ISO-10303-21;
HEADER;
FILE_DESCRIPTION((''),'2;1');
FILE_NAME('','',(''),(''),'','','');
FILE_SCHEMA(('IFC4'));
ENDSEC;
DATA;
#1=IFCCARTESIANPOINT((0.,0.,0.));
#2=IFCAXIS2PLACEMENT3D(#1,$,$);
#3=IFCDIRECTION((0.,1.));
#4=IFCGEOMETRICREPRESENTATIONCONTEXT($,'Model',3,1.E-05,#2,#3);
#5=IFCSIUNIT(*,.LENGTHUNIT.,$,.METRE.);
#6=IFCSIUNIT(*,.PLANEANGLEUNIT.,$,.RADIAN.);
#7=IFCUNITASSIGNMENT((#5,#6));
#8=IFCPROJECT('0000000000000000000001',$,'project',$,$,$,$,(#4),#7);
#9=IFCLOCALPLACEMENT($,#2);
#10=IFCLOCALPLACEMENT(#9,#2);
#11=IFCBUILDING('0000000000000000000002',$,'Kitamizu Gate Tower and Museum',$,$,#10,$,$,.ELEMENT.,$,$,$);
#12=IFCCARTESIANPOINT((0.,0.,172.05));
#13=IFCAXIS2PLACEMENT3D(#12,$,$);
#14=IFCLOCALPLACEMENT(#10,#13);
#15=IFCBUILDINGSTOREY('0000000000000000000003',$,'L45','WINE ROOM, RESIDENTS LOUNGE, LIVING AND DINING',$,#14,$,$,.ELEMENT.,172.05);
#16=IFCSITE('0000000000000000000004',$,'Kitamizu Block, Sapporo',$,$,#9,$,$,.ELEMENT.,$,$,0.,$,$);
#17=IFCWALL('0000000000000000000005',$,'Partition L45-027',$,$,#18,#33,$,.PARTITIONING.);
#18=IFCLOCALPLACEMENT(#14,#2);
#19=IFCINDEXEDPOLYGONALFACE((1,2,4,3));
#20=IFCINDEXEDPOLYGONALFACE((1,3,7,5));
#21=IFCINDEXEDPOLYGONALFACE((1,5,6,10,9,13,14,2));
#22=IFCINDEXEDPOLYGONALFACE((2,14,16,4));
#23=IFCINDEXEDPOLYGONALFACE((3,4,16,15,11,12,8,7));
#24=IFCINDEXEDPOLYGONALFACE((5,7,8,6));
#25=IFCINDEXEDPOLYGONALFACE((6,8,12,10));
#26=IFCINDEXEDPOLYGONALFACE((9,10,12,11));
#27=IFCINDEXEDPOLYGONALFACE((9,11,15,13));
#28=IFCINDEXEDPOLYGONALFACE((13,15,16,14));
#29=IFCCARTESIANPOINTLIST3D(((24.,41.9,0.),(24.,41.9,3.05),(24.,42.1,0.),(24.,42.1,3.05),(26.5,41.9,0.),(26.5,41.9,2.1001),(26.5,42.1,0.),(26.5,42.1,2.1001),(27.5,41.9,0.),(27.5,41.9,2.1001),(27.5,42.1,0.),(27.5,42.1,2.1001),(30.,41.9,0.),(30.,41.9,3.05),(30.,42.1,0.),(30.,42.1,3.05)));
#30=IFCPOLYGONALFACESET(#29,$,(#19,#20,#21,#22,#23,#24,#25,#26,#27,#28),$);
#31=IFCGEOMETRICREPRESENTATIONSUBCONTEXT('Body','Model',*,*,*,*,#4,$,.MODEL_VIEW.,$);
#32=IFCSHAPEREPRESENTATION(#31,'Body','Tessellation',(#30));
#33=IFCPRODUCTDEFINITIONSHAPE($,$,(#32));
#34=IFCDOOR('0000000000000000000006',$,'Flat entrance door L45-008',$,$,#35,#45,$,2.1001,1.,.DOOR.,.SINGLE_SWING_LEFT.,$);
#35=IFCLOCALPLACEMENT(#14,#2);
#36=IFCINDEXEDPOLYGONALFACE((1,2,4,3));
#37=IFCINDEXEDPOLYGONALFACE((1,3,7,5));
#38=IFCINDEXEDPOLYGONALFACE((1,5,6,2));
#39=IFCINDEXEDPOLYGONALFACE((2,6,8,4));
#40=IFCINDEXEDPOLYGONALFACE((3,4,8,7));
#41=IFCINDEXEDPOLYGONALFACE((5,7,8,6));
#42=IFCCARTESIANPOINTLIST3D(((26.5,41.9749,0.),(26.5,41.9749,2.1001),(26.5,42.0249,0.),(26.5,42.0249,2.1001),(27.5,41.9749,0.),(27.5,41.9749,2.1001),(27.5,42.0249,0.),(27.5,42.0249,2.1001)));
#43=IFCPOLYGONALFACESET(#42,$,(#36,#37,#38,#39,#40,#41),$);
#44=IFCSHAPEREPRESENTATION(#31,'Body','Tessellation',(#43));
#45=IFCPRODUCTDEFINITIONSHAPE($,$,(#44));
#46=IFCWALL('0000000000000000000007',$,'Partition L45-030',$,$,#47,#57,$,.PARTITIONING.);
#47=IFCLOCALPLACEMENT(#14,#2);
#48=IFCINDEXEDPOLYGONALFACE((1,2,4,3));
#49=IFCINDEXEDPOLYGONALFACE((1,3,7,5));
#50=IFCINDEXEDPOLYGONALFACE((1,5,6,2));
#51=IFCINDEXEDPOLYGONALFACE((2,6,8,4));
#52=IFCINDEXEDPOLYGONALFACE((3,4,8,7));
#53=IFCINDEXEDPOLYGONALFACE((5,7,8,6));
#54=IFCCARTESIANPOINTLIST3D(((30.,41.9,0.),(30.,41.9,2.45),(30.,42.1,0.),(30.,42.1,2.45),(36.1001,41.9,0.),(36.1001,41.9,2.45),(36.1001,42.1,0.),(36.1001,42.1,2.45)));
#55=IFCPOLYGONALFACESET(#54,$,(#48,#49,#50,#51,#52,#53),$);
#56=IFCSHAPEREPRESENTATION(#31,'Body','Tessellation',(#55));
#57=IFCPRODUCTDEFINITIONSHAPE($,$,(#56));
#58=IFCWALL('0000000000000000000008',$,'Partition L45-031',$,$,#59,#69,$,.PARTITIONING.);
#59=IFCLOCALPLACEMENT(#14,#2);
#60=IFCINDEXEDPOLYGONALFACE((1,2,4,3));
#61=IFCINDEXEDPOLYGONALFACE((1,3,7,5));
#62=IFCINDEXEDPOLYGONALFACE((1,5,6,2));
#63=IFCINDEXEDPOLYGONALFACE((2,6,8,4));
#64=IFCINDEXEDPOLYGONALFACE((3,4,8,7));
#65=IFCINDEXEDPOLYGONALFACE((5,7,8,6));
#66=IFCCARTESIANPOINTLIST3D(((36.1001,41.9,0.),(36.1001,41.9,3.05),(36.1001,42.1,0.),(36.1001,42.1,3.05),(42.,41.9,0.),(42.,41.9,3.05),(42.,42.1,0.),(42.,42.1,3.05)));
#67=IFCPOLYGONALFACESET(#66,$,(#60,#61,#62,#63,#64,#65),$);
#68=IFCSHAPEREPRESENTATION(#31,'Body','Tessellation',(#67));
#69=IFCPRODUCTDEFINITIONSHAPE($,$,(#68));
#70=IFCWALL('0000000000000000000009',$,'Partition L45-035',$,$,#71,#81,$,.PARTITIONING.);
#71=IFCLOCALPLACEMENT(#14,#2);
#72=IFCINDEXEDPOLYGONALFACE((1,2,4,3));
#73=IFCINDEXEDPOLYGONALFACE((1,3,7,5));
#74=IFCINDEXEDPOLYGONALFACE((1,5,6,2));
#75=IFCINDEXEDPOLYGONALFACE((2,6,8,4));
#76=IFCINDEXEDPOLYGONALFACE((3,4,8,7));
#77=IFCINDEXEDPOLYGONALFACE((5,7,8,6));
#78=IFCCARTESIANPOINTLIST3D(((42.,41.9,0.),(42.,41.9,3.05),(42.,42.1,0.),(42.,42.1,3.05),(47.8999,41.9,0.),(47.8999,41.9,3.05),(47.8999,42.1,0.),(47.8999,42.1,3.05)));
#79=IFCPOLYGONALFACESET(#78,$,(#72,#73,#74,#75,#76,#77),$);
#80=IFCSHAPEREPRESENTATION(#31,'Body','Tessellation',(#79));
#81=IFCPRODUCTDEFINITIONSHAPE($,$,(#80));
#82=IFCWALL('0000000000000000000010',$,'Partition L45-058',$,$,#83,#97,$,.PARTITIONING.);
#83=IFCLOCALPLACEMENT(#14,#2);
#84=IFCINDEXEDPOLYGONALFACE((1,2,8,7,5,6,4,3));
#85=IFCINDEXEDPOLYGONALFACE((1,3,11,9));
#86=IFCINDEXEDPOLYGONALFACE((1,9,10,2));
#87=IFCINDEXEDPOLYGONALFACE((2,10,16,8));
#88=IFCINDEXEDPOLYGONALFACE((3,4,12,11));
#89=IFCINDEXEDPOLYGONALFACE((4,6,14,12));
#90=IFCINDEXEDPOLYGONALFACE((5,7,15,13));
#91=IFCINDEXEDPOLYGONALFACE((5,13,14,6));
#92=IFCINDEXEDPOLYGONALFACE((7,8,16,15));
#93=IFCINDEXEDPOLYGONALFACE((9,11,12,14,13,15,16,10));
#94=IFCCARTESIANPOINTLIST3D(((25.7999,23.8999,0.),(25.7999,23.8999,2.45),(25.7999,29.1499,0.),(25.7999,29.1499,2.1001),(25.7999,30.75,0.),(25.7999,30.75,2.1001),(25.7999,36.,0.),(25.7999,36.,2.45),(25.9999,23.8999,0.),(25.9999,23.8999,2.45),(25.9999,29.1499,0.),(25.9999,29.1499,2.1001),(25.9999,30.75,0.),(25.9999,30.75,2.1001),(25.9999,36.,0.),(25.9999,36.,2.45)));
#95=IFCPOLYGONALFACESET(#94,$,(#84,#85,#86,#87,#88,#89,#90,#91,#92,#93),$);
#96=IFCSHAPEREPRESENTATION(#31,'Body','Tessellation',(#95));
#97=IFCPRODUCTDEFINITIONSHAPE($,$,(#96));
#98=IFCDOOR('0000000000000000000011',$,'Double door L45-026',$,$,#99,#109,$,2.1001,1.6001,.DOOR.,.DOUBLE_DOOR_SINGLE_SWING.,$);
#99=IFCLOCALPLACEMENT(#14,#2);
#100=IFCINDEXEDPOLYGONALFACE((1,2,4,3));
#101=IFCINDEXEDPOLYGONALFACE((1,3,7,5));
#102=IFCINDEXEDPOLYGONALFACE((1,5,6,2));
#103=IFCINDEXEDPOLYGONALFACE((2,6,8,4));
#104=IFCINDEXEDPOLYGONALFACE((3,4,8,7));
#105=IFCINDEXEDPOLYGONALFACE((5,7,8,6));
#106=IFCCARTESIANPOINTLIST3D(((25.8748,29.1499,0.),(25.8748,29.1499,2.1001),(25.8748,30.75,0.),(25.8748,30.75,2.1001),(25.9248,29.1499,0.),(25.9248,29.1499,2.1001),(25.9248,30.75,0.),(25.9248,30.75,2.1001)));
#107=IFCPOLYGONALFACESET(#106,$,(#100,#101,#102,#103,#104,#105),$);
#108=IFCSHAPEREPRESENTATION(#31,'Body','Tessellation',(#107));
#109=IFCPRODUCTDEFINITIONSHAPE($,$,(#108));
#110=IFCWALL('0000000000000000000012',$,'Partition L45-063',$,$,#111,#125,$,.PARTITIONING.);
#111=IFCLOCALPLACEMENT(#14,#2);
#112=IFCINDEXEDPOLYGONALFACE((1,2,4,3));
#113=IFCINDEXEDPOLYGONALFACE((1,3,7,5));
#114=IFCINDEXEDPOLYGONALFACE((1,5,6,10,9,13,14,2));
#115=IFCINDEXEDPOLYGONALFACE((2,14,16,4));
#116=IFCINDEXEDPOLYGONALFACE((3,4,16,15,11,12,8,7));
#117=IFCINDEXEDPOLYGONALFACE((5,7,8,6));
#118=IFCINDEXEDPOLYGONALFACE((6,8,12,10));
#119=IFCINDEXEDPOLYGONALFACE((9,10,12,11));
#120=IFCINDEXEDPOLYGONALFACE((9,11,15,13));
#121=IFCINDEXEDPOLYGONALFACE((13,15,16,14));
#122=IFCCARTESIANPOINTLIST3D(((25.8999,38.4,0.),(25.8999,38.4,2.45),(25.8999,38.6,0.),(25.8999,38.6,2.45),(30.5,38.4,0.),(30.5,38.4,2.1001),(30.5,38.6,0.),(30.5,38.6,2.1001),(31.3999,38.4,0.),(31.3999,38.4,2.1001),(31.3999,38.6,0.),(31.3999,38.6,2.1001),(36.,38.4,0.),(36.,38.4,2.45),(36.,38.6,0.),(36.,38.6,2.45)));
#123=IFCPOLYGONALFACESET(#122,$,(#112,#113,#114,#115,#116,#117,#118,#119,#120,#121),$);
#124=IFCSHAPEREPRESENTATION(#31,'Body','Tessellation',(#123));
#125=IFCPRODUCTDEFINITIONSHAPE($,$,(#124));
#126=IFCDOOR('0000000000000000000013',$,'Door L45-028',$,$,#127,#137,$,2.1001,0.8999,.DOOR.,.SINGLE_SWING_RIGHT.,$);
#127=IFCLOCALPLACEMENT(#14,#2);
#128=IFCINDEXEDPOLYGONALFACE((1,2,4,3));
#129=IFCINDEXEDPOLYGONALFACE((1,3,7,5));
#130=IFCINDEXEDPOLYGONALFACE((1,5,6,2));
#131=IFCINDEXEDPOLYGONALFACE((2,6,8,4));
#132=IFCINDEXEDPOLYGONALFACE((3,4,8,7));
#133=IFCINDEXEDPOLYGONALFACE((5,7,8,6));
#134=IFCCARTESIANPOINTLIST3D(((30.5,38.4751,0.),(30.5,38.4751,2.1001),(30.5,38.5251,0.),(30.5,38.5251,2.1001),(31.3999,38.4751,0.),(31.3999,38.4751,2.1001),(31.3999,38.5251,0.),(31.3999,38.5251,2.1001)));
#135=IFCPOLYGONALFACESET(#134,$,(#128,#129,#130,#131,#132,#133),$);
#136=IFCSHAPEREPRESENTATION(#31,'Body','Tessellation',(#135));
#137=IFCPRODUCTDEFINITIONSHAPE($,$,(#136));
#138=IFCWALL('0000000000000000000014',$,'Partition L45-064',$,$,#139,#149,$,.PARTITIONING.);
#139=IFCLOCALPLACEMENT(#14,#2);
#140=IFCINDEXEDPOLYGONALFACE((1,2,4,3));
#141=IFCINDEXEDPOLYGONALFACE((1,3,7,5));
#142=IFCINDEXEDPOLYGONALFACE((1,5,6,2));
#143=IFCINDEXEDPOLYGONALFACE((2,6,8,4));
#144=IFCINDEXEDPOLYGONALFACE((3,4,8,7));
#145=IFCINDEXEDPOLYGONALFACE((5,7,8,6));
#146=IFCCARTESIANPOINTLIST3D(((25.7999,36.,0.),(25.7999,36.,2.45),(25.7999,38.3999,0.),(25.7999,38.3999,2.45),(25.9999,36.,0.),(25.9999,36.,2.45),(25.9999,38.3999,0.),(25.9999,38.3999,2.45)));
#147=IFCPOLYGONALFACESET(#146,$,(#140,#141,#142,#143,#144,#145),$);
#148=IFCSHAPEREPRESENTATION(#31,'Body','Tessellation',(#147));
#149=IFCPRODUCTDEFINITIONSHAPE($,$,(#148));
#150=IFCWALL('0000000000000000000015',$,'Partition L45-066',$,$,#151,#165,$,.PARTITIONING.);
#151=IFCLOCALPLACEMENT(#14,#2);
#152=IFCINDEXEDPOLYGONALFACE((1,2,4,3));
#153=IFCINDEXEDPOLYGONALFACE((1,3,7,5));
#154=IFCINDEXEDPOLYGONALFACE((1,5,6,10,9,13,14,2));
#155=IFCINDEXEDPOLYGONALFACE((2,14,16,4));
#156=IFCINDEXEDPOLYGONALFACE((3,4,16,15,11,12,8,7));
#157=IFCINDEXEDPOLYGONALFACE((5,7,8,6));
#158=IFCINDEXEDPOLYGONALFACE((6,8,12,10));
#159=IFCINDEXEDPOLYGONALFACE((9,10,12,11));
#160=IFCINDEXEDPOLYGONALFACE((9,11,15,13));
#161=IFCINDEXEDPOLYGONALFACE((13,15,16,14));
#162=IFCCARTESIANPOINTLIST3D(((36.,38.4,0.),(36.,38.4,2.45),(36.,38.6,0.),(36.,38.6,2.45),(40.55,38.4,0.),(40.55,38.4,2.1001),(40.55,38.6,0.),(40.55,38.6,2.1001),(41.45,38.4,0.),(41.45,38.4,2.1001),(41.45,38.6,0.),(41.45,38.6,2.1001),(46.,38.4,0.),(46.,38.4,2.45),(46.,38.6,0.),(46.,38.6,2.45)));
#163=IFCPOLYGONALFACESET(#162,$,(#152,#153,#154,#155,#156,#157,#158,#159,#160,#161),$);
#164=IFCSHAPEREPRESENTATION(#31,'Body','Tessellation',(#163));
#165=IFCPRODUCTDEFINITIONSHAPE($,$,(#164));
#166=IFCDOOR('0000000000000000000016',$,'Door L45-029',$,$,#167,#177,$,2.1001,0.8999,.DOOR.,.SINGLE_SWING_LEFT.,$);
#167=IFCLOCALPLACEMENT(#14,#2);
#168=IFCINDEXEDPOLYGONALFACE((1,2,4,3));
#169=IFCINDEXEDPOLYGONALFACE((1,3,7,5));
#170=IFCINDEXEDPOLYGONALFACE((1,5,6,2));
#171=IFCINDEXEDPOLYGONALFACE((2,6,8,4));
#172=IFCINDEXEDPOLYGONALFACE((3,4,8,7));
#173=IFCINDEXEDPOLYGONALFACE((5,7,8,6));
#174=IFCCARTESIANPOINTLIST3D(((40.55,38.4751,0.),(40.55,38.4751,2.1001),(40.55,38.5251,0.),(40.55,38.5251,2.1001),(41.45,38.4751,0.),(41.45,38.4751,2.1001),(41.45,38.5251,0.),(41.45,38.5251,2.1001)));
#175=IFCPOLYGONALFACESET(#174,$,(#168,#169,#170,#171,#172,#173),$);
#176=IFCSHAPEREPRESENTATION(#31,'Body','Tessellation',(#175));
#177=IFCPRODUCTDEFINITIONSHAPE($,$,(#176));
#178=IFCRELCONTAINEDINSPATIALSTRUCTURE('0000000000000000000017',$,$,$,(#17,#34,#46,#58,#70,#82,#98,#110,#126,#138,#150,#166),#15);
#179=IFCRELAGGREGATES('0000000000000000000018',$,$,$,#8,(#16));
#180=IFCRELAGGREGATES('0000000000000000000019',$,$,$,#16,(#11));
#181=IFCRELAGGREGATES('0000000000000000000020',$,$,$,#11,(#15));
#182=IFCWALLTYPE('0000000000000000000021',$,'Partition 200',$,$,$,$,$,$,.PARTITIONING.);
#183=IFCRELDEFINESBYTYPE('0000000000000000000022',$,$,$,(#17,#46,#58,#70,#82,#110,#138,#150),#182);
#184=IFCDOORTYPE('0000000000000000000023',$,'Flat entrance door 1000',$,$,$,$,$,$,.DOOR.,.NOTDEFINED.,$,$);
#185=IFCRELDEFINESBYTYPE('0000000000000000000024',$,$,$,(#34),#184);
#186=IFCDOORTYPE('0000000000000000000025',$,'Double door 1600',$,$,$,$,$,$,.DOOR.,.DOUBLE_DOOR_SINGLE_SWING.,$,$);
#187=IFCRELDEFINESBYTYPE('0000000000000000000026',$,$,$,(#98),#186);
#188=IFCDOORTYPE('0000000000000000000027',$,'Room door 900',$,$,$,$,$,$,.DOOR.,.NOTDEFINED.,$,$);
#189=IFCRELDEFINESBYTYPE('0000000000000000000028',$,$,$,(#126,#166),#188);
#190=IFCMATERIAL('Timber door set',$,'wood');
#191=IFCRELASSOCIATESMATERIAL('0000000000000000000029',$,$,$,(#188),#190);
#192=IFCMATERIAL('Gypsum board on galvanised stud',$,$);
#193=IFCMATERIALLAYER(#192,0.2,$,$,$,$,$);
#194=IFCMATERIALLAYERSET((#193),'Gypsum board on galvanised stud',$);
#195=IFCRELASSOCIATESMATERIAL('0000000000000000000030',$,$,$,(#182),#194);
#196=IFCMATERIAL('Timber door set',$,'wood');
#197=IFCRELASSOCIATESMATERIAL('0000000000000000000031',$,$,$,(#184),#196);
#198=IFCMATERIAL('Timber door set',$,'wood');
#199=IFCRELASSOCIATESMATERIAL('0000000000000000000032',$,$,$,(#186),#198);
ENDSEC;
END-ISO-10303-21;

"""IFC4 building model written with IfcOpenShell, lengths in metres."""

from ifc_helpers import new_model, si_unit, direction, frame, frame_2d, origin, place, context, subcontext, project, spatial, rectangle, extrude, material, layer, layer_set, type_object, element, fill, save


model = new_model("IFC4")

# Units and contexts
model_context = context("Model", 3, precision=1e-05, world=origin(), true_north=direction((0.0, 1.0)))
body_context = subcontext(model_context, "Body", "Model", "MODEL_VIEW")
ifc_project = project(units=[si_unit("LENGTHUNIT", "METRE"), si_unit("PLANEANGLEUNIT", "RADIAN")], contexts=[model_context])

# Site, building, storey
site_placement = place(None, origin())
site = spatial("IfcSite", under=ifc_project, at=site_placement, Name="Kitamizu Block, Sapporo", CompositionType="ELEMENT", RefElevation=0.0)
building_placement = place(site_placement, origin())
building = spatial("IfcBuilding", under=site, at=building_placement, Name="Kitamizu Gate Tower and Museum", CompositionType="ELEMENT")
storey_placement = place(building_placement, frame((0.0, 0.0, 172.05)))
storey = spatial("IfcBuildingStorey", under=building, at=storey_placement, Name="L45", Description="WINE ROOM, RESIDENTS LOUNGE, LIVING AND DINING", CompositionType="ELEMENT", Elevation=172.05)

# Shared definitions
ifc_material_1 = material(Name="Timber door set", Category="wood")
door_type_1 = type_object("IfcDoorType", Name="Room door 900", OperationType="NOTDEFINED", PredefinedType="DOOR", material=ifc_material_1)

# Wall, opening, door
ifc_material_2 = material(Name="Gypsum board on galvanised stud")
ifc_layer_1 = layer(ifc_material_2, 0.2)
ifc_layer_set_1 = layer_set([ifc_layer_1], Name="Gypsum board on galvanised stud")
wall_type_1 = type_object("IfcWallType", Name="Partition 200", PredefinedType="PARTITIONING", material=ifc_layer_set_1)
wall_1_placement = place(storey_placement, frame((24.0, 42.0, 0.0), z_axis=(0.0, 0.0, 1.0), x_axis=(1.0, 0.0, 0.0)))
wall_1 = element("IfcWall", 1, at=wall_1_placement, inside=storey, type_object=wall_type_1, Name="Partition L45-027", PredefinedType="PARTITIONING", context=body_context, shape_type="SweptSolid", body=[
    extrude(rectangle(XDim=6.0, YDim=0.2, at=frame_2d((3.0, 0.0))), origin(), (0.0, 0.0, 1.0), 3.05),
])
opening_1_placement = place(wall_1_placement, frame((2.5, 0.0, 0.0)))
opening_1 = element("IfcOpeningElement", 2, at=opening_1_placement, cuts=wall_1, PredefinedType="OPENING", context=body_context, shape_type="SweptSolid", body=[
    extrude(rectangle(XDim=1.0, YDim=2.1001, at=frame_2d((0.5, 1.05))), frame((0.0, 0.1099, 0.0), z_axis=(0.0, -1.0, 0.0), x_axis=(1.0, 0.0, 0.0)), (0.0, 0.0, 1.0), 0.22),
])
ifc_material_3 = material(Name="Timber door set", Category="wood")
door_type_2 = type_object("IfcDoorType", Name="Flat entrance door 1000", OperationType="NOTDEFINED", PredefinedType="DOOR", material=ifc_material_3)
door_1_placement = place(opening_1_placement, origin())
door_1 = element("IfcDoor", 3, at=door_1_placement, inside=storey, type_object=door_type_2, Name="Flat entrance door L45-008", OperationType="SINGLE_SWING_LEFT", OverallHeight=2.1001, OverallWidth=1.0, PredefinedType="DOOR", context=body_context, shape_type="SweptSolid", body=[
    extrude(rectangle(XDim=1.0, YDim=2.1001, at=frame_2d((0.5, 1.05))), frame((0.0, 0.0249, 0.0), z_axis=(0.0, -1.0, 0.0), x_axis=(1.0, 0.0, 0.0)), (0.0, 0.0, 1.0), 0.05),
])
fill(opening_1, door_1)

# Walls
wall_2_placement = place(storey_placement, frame((30.0, 42.0, 0.0), z_axis=(0.0, 0.0, 1.0), x_axis=(1.0, 0.0, 0.0)))
element("IfcWall", 4, at=wall_2_placement, inside=storey, type_object=wall_type_1, Name="Partition L45-030", PredefinedType="PARTITIONING", context=body_context, shape_type="SweptSolid", body=[
    extrude(rectangle(XDim=6.1001, YDim=0.2, at=frame_2d((3.05, 0.0))), origin(), (0.0, 0.0, 1.0), 2.45),
])
for number, where, z_axis, x_axis, name in (
    (5, (36.1001, 42.0, 0.0), (0.0, 0.0, 1.0), (1.0, 0.0, 0.0), "Partition L45-031"),
    (6, (42.0, 42.0, 0.0), (0.0, 0.0, 1.0), (1.0, 0.0, 0.0), "Partition L45-035"),
):
    element("IfcWall", number, at=place(storey_placement, frame(where, z_axis=z_axis, x_axis=x_axis)), inside=storey, type_object=wall_type_1, Name=name, PredefinedType="PARTITIONING", context=body_context, shape_type="SweptSolid", body=[
        extrude(rectangle(XDim=5.8999, YDim=0.2, at=frame_2d((2.95, 0.0))), origin(), (0.0, 0.0, 1.0), 3.05),
    ])

# Walls, openings, doors
wall_3_placement = place(storey_placement, frame((25.8999, 36.0, 0.0), z_axis=(0.0, 0.0, 1.0), x_axis=(0.0, -1.0, 0.0)))
wall_3 = element("IfcWall", 7, at=wall_3_placement, inside=storey, type_object=wall_type_1, Name="Partition L45-058", PredefinedType="PARTITIONING", context=body_context, shape_type="SweptSolid", body=[
    extrude(rectangle(XDim=12.1001, YDim=0.2, at=frame_2d((6.05, 0.0))), origin(), (0.0, 0.0, 1.0), 2.45),
])
opening_2_placement = place(wall_3_placement, frame((5.25, 0.0, 0.0)))
opening_2 = element("IfcOpeningElement", 8, at=opening_2_placement, cuts=wall_3, PredefinedType="OPENING", context=body_context, shape_type="SweptSolid", body=[
    extrude(rectangle(XDim=1.6001, YDim=2.1001, at=frame_2d((0.8, 1.05))), frame((0.0, 0.1099, 0.0), z_axis=(0.0, -1.0, 0.0), x_axis=(1.0, 0.0, 0.0)), (0.0, 0.0, 1.0), 0.22),
])
ifc_material_4 = material(Name="Timber door set", Category="wood")
door_type_3 = type_object("IfcDoorType", Name="Double door 1600", OperationType="DOUBLE_DOOR_SINGLE_SWING", PredefinedType="DOOR", material=ifc_material_4)
door_2_placement = place(opening_2_placement, origin())
door_2 = element("IfcDoor", 9, at=door_2_placement, inside=storey, type_object=door_type_3, Name="Double door L45-026", OperationType="DOUBLE_DOOR_SINGLE_SWING", OverallHeight=2.1001, OverallWidth=1.6001, PredefinedType="DOOR", context=body_context, shape_type="SweptSolid", body=[
    extrude(rectangle(XDim=1.6001, YDim=2.1001, at=frame_2d((0.8, 1.05))), frame((0.0, 0.0249, 0.0), z_axis=(0.0, -1.0, 0.0), x_axis=(1.0, 0.0, 0.0)), (0.0, 0.0, 1.0), 0.05),
])
fill(opening_2, door_2)
wall_4_placement = place(storey_placement, frame((36.0, 38.5, 0.0), z_axis=(0.0, 0.0, 1.0), x_axis=(-1.0, 0.0, 0.0)))
wall_4 = element("IfcWall", 10, at=wall_4_placement, inside=storey, type_object=wall_type_1, Name="Partition L45-063", PredefinedType="PARTITIONING", context=body_context, shape_type="SweptSolid", body=[
    extrude(rectangle(XDim=10.1001, YDim=0.2, at=frame_2d((5.05, 0.0))), origin(), (0.0, 0.0, 1.0), 2.45),
])
opening_3_placement = place(wall_4_placement, frame((4.6001, 0.0, 0.0)))
opening_3 = element("IfcOpeningElement", 11, at=opening_3_placement, cuts=wall_4, PredefinedType="OPENING", context=body_context, shape_type="SweptSolid", body=[
    extrude(rectangle(XDim=0.8999, YDim=2.1001, at=frame_2d((0.45, 1.05))), frame((0.0, 0.1099, 0.0), z_axis=(0.0, -1.0, 0.0), x_axis=(1.0, 0.0, 0.0)), (0.0, 0.0, 1.0), 0.22),
])
door_3_placement = place(opening_3_placement, origin())
door_3 = element("IfcDoor", 12, at=door_3_placement, inside=storey, type_object=door_type_1, Name="Door L45-028", OperationType="SINGLE_SWING_RIGHT", OverallHeight=2.1001, OverallWidth=0.8999, PredefinedType="DOOR", context=body_context, shape_type="SweptSolid", body=[
    extrude(rectangle(XDim=0.8999, YDim=2.1001, at=frame_2d((0.45, 1.05))), frame((0.0, 0.0249, 0.0), z_axis=(0.0, -1.0, 0.0), x_axis=(1.0, 0.0, 0.0)), (0.0, 0.0, 1.0), 0.05),
])
fill(opening_3, door_3)

# Wall
wall_5_placement = place(storey_placement, frame((25.8999, 38.3999, 0.0), z_axis=(0.0, 0.0, 1.0), x_axis=(0.0, -1.0, 0.0)))
element("IfcWall", 13, at=wall_5_placement, inside=storey, type_object=wall_type_1, Name="Partition L45-064", PredefinedType="PARTITIONING", context=body_context, shape_type="SweptSolid", body=[
    extrude(rectangle(XDim=2.3999, YDim=0.2, at=frame_2d((1.2, 0.0))), origin(), (0.0, 0.0, 1.0), 2.45),
])

# Wall, opening, door
wall_6_placement = place(storey_placement, frame((46.0, 38.5, 0.0), z_axis=(0.0, 0.0, 1.0), x_axis=(-1.0, 0.0, 0.0)))
wall_6 = element("IfcWall", 14, at=wall_6_placement, inside=storey, type_object=wall_type_1, Name="Partition L45-066", PredefinedType="PARTITIONING", context=body_context, shape_type="SweptSolid", body=[
    extrude(rectangle(XDim=10.0, YDim=0.2, at=frame_2d((5.0, 0.0))), origin(), (0.0, 0.0, 1.0), 2.45),
])
opening_4_placement = place(wall_6_placement, frame((4.55, 0.0, 0.0)))
opening_4 = element("IfcOpeningElement", 15, at=opening_4_placement, cuts=wall_6, PredefinedType="OPENING", context=body_context, shape_type="SweptSolid", body=[
    extrude(rectangle(XDim=0.8999, YDim=2.1001, at=frame_2d((0.45, 1.05))), frame((0.0, 0.1099, 0.0), z_axis=(0.0, -1.0, 0.0), x_axis=(1.0, 0.0, 0.0)), (0.0, 0.0, 1.0), 0.22),
])
door_4_placement = place(opening_4_placement, origin())
door_4 = element("IfcDoor", 16, at=door_4_placement, inside=storey, type_object=door_type_1, Name="Door L45-029", OperationType="SINGLE_SWING_LEFT", OverallHeight=2.1001, OverallWidth=0.8999, PredefinedType="DOOR", context=body_context, shape_type="SweptSolid", body=[
    extrude(rectangle(XDim=0.8999, YDim=2.1001, at=frame_2d((0.45, 1.05))), frame((0.0, 0.0249, 0.0), z_axis=(0.0, -1.0, 0.0), x_axis=(1.0, 0.0, 0.0)), (0.0, 0.0, 1.0), 0.05),
])
fill(opening_4, door_4)

save(model, "model.ifc")
